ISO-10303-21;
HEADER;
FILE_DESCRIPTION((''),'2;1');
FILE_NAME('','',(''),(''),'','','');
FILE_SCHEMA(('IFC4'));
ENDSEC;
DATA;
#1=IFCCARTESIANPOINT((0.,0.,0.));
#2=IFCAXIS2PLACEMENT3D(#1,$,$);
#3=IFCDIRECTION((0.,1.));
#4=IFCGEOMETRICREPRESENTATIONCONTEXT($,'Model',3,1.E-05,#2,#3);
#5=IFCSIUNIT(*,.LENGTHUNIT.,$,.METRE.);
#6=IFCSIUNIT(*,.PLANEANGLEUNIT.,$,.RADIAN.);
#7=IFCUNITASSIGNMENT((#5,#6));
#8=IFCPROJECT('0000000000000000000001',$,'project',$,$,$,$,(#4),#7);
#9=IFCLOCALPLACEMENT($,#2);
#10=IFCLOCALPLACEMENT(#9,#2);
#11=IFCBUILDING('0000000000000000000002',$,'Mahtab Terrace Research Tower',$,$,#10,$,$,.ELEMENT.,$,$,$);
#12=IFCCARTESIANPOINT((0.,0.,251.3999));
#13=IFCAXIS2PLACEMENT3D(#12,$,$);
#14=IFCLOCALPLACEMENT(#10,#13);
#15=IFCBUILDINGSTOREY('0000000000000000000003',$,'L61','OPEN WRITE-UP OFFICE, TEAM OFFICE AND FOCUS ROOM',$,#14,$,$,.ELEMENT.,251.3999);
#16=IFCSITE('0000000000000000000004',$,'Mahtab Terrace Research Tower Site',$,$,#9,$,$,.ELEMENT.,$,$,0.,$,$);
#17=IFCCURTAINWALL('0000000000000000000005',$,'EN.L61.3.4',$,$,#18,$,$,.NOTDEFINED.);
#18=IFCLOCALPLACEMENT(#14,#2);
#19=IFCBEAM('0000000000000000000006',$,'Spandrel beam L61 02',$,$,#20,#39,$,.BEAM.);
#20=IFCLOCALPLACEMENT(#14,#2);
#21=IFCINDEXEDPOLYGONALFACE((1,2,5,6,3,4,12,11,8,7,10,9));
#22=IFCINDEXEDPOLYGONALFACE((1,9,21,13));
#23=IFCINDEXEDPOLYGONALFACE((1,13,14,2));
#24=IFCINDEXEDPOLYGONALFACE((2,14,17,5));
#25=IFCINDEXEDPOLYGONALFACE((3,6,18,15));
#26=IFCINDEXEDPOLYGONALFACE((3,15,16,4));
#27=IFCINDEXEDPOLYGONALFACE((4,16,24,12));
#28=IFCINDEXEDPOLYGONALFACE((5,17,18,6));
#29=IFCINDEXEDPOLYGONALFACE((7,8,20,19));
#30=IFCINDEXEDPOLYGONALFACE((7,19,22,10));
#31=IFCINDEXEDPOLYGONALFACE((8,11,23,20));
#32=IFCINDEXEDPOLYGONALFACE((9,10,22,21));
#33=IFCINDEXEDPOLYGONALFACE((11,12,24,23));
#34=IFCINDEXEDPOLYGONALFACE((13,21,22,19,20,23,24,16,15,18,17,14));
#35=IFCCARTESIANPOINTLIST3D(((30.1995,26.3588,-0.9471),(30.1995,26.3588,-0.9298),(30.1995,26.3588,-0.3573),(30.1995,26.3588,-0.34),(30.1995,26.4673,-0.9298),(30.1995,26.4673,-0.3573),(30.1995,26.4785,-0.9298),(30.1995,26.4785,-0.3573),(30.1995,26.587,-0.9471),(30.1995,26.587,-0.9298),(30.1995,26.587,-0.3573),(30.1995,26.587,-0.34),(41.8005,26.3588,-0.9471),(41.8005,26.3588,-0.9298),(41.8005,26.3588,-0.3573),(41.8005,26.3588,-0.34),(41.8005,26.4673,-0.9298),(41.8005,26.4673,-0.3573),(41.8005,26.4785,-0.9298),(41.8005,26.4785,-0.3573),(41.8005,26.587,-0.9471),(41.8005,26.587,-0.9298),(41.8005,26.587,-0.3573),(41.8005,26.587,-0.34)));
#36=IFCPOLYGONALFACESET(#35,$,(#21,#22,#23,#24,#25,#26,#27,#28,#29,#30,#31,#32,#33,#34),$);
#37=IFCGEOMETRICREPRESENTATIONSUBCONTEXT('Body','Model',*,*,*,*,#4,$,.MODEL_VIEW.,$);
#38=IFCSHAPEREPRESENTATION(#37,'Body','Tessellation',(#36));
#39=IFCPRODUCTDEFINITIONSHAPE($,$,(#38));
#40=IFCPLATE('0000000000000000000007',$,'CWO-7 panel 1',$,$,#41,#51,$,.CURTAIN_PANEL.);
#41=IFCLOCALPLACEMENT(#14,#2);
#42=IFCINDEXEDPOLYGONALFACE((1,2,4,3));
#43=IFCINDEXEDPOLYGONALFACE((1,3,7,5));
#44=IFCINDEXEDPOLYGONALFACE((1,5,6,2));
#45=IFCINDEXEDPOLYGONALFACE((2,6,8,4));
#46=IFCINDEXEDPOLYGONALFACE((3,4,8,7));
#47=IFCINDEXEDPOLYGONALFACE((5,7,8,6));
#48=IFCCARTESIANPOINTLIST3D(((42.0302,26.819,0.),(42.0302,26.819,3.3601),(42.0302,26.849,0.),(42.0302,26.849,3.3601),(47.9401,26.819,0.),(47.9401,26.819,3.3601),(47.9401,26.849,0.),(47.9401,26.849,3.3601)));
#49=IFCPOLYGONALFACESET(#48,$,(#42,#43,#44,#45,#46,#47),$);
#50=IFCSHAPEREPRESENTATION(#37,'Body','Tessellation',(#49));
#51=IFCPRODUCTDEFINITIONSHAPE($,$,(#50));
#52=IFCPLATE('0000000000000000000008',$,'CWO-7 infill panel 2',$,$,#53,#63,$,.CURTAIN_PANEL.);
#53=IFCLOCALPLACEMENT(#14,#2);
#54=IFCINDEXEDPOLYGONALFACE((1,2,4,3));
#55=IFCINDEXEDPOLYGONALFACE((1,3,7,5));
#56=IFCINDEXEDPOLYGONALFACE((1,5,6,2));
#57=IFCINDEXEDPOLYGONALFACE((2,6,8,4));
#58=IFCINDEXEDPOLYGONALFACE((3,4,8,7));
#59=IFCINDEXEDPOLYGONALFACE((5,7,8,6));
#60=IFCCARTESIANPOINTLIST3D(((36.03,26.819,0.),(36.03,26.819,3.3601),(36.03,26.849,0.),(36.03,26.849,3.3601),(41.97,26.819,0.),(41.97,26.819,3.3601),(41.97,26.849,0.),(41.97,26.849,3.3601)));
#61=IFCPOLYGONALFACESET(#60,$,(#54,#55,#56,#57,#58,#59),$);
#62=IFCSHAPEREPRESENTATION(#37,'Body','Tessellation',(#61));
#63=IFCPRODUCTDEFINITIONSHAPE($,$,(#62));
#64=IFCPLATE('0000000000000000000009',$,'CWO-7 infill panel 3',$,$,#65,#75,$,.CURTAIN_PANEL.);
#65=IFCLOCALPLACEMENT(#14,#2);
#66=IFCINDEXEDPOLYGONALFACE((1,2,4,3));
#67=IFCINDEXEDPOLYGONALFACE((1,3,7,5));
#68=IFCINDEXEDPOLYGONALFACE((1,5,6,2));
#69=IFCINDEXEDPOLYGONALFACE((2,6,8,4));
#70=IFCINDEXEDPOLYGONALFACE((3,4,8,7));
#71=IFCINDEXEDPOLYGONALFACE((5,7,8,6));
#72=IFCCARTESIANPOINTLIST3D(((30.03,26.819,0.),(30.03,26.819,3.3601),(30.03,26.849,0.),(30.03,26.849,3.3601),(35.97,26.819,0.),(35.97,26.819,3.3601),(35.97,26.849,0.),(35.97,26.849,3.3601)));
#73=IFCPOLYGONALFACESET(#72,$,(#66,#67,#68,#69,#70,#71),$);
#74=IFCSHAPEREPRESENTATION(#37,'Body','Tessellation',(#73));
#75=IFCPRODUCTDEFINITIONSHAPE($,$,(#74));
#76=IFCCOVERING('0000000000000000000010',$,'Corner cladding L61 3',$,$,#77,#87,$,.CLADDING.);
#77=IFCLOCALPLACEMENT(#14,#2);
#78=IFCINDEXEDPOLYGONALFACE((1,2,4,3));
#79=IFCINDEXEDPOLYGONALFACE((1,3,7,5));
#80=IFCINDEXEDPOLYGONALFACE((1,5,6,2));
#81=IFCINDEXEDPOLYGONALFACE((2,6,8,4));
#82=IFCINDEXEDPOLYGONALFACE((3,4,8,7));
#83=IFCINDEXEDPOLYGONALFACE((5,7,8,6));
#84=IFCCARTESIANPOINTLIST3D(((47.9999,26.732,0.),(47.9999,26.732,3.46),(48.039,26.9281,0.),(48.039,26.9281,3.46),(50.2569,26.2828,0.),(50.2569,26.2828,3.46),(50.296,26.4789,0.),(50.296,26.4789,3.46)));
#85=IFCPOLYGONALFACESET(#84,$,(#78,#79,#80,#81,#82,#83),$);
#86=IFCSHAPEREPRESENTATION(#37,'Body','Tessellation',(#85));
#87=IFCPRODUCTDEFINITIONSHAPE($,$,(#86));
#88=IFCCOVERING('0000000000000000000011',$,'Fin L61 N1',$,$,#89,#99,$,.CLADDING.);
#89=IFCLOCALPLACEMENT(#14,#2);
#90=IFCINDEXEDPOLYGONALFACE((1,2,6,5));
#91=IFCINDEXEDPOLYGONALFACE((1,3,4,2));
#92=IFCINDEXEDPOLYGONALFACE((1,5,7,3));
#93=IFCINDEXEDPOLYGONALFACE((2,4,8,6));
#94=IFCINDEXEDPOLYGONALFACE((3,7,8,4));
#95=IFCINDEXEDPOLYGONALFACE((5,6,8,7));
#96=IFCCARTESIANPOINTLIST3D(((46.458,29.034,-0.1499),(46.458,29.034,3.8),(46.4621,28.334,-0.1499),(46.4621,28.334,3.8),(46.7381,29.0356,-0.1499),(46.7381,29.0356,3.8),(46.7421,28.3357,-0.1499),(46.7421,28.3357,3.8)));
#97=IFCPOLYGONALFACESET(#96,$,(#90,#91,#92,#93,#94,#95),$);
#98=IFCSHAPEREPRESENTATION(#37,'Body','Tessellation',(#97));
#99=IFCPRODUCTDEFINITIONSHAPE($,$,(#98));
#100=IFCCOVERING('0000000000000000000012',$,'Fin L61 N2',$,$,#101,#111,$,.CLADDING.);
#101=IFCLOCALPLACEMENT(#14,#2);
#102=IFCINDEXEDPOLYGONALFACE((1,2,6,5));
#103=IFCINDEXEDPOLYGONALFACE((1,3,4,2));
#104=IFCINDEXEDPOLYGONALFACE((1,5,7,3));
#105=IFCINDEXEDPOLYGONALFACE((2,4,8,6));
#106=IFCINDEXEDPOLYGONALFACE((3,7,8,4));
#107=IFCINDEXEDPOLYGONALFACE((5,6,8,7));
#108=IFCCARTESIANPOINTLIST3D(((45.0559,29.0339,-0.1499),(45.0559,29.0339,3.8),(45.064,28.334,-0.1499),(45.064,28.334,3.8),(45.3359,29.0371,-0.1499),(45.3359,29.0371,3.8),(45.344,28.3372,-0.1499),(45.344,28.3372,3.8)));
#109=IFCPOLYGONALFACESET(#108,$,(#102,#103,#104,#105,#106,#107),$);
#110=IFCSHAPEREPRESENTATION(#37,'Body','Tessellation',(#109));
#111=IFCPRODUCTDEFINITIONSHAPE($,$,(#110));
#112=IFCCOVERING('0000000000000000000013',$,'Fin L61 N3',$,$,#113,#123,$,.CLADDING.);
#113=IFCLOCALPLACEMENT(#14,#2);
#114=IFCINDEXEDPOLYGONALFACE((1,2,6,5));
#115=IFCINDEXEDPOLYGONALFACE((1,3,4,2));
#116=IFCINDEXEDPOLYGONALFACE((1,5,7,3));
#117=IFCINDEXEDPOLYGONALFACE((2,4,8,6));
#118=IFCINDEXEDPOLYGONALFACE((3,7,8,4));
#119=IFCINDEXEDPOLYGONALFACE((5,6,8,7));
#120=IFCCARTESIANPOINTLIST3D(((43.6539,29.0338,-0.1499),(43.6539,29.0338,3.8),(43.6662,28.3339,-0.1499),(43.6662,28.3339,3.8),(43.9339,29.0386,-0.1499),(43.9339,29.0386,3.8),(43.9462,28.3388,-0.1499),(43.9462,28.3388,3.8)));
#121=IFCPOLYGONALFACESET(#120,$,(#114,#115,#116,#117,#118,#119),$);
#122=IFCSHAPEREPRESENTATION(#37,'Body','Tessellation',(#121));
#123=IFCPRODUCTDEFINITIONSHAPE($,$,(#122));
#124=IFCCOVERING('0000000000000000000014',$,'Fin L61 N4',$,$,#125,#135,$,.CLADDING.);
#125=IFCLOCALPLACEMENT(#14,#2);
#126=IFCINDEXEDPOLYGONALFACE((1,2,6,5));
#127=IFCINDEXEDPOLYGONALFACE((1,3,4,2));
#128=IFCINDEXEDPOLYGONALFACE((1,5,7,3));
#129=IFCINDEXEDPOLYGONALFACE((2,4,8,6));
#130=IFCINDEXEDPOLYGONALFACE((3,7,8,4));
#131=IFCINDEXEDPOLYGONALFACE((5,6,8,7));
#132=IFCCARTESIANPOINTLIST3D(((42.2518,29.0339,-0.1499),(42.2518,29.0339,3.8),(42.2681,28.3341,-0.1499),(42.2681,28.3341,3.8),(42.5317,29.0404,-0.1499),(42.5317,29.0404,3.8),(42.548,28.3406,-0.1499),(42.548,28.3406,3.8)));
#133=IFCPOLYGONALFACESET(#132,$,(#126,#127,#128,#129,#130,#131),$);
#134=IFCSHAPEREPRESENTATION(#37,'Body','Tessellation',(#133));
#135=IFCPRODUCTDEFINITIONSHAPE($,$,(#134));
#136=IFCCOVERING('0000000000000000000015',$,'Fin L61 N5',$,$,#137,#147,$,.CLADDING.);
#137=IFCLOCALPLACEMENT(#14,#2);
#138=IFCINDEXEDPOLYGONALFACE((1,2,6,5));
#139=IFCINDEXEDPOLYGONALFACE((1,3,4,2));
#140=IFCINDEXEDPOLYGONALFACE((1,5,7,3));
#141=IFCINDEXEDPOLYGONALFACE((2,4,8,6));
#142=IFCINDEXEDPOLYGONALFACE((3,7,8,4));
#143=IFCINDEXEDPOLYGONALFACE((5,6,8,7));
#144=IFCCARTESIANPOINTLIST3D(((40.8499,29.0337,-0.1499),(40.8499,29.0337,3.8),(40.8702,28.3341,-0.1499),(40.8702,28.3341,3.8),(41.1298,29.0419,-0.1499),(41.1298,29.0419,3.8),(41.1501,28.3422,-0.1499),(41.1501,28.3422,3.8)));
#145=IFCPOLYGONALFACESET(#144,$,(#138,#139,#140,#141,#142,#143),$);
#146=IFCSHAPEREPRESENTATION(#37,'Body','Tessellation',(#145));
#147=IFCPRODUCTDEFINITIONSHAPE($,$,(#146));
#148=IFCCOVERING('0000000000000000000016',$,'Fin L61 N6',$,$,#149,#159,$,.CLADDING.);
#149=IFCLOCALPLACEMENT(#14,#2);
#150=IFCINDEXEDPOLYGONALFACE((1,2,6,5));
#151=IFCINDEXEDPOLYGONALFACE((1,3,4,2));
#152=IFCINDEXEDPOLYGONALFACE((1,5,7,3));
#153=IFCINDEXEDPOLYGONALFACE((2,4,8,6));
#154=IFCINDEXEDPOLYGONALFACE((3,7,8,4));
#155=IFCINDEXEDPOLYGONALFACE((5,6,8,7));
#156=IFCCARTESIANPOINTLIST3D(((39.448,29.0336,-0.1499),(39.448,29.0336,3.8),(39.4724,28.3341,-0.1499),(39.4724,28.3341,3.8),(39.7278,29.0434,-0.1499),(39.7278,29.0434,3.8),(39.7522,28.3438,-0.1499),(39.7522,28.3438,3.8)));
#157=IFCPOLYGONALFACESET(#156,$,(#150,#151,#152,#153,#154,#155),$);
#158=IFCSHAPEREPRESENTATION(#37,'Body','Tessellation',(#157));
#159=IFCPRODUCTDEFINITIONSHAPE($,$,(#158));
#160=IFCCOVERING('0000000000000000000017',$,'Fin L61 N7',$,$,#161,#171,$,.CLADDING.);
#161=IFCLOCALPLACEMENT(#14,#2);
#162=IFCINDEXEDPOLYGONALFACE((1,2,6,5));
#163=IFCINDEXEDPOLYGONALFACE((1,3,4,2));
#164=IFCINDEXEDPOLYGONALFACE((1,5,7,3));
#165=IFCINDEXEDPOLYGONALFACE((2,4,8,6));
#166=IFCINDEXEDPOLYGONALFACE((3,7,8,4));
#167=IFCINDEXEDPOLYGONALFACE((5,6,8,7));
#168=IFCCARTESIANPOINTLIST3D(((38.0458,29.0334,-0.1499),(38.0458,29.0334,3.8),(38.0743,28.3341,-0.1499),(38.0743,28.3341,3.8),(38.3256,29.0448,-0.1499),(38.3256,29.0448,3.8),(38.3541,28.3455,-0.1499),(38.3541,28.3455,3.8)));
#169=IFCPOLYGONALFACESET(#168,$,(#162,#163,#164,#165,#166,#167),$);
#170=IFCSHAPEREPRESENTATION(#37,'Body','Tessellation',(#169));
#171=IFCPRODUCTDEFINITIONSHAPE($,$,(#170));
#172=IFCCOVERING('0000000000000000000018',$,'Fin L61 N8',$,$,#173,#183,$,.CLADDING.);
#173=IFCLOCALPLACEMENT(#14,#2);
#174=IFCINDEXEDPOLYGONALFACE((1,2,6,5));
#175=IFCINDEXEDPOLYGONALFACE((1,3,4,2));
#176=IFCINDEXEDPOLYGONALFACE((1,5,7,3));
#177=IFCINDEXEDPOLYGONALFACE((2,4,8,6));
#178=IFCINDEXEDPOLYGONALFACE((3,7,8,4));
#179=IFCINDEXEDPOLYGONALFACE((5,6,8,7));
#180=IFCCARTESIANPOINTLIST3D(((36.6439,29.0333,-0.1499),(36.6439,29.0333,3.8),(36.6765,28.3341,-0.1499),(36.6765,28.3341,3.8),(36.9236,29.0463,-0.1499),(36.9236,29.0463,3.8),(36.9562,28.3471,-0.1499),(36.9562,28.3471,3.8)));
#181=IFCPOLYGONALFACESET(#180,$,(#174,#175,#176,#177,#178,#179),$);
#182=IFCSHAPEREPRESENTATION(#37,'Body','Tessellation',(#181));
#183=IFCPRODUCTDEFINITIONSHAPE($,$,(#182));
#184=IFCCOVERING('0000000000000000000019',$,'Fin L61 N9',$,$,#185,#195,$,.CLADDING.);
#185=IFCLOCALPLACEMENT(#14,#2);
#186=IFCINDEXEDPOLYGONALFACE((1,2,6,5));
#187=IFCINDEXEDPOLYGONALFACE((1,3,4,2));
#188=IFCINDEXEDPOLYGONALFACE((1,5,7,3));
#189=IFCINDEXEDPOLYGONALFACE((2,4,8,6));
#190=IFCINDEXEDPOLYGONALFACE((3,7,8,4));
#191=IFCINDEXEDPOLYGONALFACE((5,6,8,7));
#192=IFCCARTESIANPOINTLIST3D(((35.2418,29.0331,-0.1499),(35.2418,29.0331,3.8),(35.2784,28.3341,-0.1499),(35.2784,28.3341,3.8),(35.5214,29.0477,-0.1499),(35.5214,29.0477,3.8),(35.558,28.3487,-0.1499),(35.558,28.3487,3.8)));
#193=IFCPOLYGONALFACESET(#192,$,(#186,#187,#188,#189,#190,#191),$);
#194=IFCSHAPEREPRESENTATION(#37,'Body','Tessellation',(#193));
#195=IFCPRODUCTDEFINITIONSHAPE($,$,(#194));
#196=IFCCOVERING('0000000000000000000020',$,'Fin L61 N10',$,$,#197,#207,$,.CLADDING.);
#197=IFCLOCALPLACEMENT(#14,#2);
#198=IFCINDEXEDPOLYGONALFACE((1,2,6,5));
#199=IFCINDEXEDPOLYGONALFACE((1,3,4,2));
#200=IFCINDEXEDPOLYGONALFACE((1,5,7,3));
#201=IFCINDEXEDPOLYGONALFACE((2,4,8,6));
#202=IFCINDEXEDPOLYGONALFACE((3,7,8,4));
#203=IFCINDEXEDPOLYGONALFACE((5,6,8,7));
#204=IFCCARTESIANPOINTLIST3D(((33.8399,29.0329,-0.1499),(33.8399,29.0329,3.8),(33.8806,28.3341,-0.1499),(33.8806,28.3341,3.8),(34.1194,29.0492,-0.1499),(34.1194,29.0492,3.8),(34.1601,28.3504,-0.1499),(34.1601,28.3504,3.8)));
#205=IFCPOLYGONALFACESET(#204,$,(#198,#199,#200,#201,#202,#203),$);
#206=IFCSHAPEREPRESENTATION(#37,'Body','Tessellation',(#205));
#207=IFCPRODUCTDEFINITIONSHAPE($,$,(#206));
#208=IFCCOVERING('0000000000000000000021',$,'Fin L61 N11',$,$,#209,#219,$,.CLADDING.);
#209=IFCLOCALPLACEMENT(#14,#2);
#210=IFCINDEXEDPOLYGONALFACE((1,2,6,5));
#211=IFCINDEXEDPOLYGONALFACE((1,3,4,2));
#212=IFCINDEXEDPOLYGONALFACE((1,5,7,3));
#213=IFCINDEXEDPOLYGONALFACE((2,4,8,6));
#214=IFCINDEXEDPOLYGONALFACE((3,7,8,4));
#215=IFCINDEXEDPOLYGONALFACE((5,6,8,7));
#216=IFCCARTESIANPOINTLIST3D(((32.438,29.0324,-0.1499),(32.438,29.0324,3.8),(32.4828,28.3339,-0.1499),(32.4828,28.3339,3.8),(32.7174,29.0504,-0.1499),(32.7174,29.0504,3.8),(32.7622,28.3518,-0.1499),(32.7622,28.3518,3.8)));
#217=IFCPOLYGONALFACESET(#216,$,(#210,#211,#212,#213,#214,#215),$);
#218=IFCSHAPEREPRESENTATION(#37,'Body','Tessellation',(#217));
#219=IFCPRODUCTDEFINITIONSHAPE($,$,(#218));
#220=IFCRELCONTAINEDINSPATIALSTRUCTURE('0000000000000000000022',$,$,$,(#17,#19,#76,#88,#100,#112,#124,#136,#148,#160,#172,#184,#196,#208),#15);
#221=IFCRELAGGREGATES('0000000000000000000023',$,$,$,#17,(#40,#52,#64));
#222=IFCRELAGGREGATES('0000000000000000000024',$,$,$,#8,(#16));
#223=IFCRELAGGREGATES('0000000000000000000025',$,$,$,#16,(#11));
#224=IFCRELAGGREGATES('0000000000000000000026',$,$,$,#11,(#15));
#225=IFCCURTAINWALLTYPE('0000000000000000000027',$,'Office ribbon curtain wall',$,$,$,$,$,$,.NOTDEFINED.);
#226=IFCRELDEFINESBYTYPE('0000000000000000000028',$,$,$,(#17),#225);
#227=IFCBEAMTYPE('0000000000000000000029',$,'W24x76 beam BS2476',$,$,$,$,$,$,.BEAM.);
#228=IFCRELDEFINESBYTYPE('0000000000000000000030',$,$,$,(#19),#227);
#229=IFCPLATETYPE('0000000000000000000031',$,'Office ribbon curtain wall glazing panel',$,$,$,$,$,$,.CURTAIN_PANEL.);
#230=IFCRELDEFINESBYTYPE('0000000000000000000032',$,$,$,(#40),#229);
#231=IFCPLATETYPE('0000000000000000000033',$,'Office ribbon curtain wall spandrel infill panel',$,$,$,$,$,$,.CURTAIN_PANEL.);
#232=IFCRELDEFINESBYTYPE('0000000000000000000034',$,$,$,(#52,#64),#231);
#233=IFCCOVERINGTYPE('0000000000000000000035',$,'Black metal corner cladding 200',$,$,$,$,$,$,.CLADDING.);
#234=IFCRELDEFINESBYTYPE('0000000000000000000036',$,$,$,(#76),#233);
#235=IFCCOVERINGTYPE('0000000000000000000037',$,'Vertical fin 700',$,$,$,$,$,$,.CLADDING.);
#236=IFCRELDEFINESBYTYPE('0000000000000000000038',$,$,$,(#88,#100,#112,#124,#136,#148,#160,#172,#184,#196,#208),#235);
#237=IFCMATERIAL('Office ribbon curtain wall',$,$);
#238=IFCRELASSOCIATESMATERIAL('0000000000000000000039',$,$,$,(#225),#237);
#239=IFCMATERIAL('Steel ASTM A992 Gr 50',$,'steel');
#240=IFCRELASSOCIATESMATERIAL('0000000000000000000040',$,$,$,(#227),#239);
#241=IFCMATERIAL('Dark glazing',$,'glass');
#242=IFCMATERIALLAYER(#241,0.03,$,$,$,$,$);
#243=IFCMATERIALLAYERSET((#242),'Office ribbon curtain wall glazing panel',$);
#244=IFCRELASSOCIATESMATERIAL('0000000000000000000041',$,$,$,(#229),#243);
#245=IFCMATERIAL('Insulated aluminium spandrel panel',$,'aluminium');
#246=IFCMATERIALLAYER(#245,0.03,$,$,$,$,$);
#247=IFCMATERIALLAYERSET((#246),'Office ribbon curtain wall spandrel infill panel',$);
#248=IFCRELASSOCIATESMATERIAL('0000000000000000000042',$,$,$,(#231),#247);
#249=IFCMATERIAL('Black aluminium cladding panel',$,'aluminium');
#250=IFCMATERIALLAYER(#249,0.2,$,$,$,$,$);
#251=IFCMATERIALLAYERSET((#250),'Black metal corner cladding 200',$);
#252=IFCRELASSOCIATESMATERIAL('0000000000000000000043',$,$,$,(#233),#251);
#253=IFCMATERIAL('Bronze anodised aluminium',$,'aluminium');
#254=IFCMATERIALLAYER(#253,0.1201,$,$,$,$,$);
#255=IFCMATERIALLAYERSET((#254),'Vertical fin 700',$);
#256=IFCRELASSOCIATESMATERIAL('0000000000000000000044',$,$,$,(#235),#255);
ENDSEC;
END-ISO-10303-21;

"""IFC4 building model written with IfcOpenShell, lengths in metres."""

from ifc_helpers import new_model, si_unit, direction, frame, origin, origin_2d, place, context, subcontext, project, spatial, rectangle, i_section, extrude, material, layer, layer_set, material_profile, profile_set, type_object, element, aggregate, save


model = new_model("IFC4")

# Units and contexts
model_context = context("Model", 3, precision=1e-05, world=origin(), true_north=direction((0.0, 1.0)))
body_context = subcontext(model_context, "Body", "Model", "MODEL_VIEW")
ifc_project = project(units=[si_unit("LENGTHUNIT", "METRE"), si_unit("PLANEANGLEUNIT", "RADIAN")], contexts=[model_context])

# Site, building, storey
site_placement = place(None, origin())
site = spatial("IfcSite", under=ifc_project, at=site_placement, Name="Mahtab Terrace Research Tower Site", CompositionType="ELEMENT", RefElevation=0.0)
building_placement = place(site_placement, origin())
building = spatial("IfcBuilding", under=site, at=building_placement, Name="Mahtab Terrace Research Tower", CompositionType="ELEMENT")
storey_placement = place(building_placement, frame((0.0, 0.0, 251.3999)))
storey = spatial("IfcBuildingStorey", under=building, at=storey_placement, Name="L61", Description="OPEN WRITE-UP OFFICE, TEAM OFFICE AND FOCUS ROOM", CompositionType="ELEMENT", Elevation=251.3999)

# Shared definitions
ifc_material_1 = material(Name="Steel ASTM A992 Gr 50", Category="steel")

# Curtain wall
ifc_material_2 = material(Name="Office ribbon curtain wall")
curtain_wall_type = type_object("IfcCurtainWallType", Name="Office ribbon curtain wall", PredefinedType="NOTDEFINED", material=ifc_material_2)
curtain_wall_placement = place(storey_placement, origin())
curtain_wall = element("IfcCurtainWall", 1, at=curtain_wall_placement, inside=storey, type_object=curtain_wall_type, Name="EN.L61.3.4", PredefinedType="NOTDEFINED")

# Beam
ifc_material_profile_1 = material_profile(ifc_material_1, i_section(OverallWidth=0.2283, OverallDepth=0.6072, WebThickness=0.0112, FlangeThickness=0.0173, at=origin_2d()), Name="W24X76")
ifc_profile_set_1 = profile_set([ifc_material_profile_1], Name="Steel ASTM A992 Gr 50")
beam_type = type_object("IfcBeamType", Name="W24x76 beam BS2476", PredefinedType="BEAM", material=ifc_profile_set_1)
beam_placement = place(storey_placement, frame((41.8005, 26.4729, -0.6436), z_axis=(-1.0, 0.0, 0.0), x_axis=(0.0, -1.0, 0.0)))
element("IfcBeam", 2, at=beam_placement, inside=storey, type_object=beam_type, Name="Spandrel beam L61 02", PredefinedType="BEAM", context=body_context, shape_type="SweptSolid", body=[
    extrude(i_section(OverallWidth=0.2283, OverallDepth=0.6072, WebThickness=0.0112, FlangeThickness=0.0173, at=origin_2d()), origin(), (0.0, 0.0, 1.0), 11.6011),
])

# Plates
ifc_material_3 = material(Name="Dark glazing", Category="glass")
ifc_layer_1 = layer(ifc_material_3, 0.03)
ifc_layer_set_1 = layer_set([ifc_layer_1], Name="Office ribbon curtain wall glazing panel")
plate_type_1 = type_object("IfcPlateType", Name="Office ribbon curtain wall glazing panel", PredefinedType="CURTAIN_PANEL", material=ifc_layer_set_1)
plate_1_placement = place(storey_placement, frame((44.9851, 26.834, 0.0), z_axis=(0.0, 0.0, 1.0), x_axis=(-1.0, 0.0, 0.0)))
plate_1 = element("IfcPlate", 3, at=plate_1_placement, type_object=plate_type_1, Name="CWO-7 panel 1", PredefinedType="CURTAIN_PANEL", context=body_context, shape_type="SweptSolid", body=[
    extrude(rectangle(XDim=5.9099, YDim=0.03, at=origin_2d()), origin(), (0.0, 0.0, 1.0), 3.3601),
])
ifc_material_4 = material(Name="Insulated aluminium spandrel panel", Category="aluminium")
ifc_layer_2 = layer(ifc_material_4, 0.03)
ifc_layer_set_2 = layer_set([ifc_layer_2], Name="Office ribbon curtain wall spandrel infill panel")
plate_type_2 = type_object("IfcPlateType", Name="Office ribbon curtain wall spandrel infill panel", PredefinedType="CURTAIN_PANEL", material=ifc_layer_set_2)
plate_2_placement = place(storey_placement, frame((39.0, 26.834, 0.0), z_axis=(0.0, 0.0, 1.0), x_axis=(-1.0, 0.0, 0.0)))
plate_2 = element("IfcPlate", 4, at=plate_2_placement, type_object=plate_type_2, Name="CWO-7 infill panel 2", PredefinedType="CURTAIN_PANEL", context=body_context, shape_type="SweptSolid", body=[
    extrude(rectangle(XDim=5.9399, YDim=0.03, at=origin_2d()), origin(), (0.0, 0.0, 1.0), 3.3601),
])
plate_3_placement = place(storey_placement, frame((33.0, 26.834, 0.0), z_axis=(0.0, 0.0, 1.0), x_axis=(-1.0, 0.0, 0.0)))
plate_3 = element("IfcPlate", 5, at=plate_3_placement, type_object=plate_type_2, Name="CWO-7 infill panel 3", PredefinedType="CURTAIN_PANEL", context=body_context, shape_type="SweptSolid", body=[
    extrude(rectangle(XDim=5.9399, YDim=0.03, at=origin_2d()), origin(), (0.0, 0.0, 1.0), 3.3601),
])
aggregate(curtain_wall, [plate_1, plate_2, plate_3])

# Coverings
ifc_material_5 = material(Name="Black aluminium cladding panel", Category="aluminium")
ifc_layer_3 = layer(ifc_material_5, 0.2)
ifc_layer_set_3 = layer_set([ifc_layer_3], Name="Black metal corner cladding 200")
covering_type_1 = type_object("IfcCoveringType", Name="Black metal corner cladding 200", PredefinedType="CLADDING", material=ifc_layer_set_3)
covering_placement = place(storey_placement, frame((49.1479, 26.6055, 0.0), z_axis=(0.0, 0.0, 1.0), x_axis=(-0.980761, 0.195212, 0.0)))
element("IfcCovering", 6, at=covering_placement, inside=storey, type_object=covering_type_1, Name="Corner cladding L61 3", PredefinedType="CLADDING", context=body_context, shape_type="SweptSolid", body=[
    extrude(rectangle(XDim=2.3013, YDim=0.2, at=origin_2d()), origin(), (0.0, 0.0, 1.0), 3.46),
])
ifc_material_6 = material(Name="Bronze anodised aluminium", Category="aluminium")
ifc_layer_4 = layer(ifc_material_6, 0.1201)
ifc_layer_set_4 = layer_set([ifc_layer_4], Name="Vertical fin 700")
covering_type_2 = type_object("IfcCoveringType", Name="Vertical fin 700", PredefinedType="CLADDING", material=ifc_layer_set_4)
for number, where, z_axis, x_axis, name in (
    (7, (46.6001, 28.6848, -0.1499), (0.0, 0.0, 1.0), (-0.999983, -0.005818, 0.0), "Fin L61 N1"),
    (8, (45.2, 28.6855, -0.1499), (0.0, 0.0, 1.0), (-0.999932, -0.011635, 0.0), "Fin L61 N2"),
    (9, (43.8, 28.6863, -0.1499), (0.0, 0.0, 1.0), (-0.999848, -0.017452, 0.0), "Fin L61 N3"),
    (10, (42.3999, 28.6873, -0.1499), (0.0, 0.0, 1.0), (-0.999729, -0.023269, 0.0), "Fin L61 N4"),
    (11, (41.0, 28.688, -0.1499), (0.0, 0.0, 1.0), (-0.999577, -0.029085, 0.0), "Fin L61 N5"),
    (12, (39.6001, 28.6887, -0.1499), (0.0, 0.0, 1.0), (-0.999391, -0.034899, 0.0), "Fin L61 N6"),
    (13, (38.2, 28.6895, -0.1499), (0.0, 0.0, 1.0), (-0.999171, -0.040713, 0.0), "Fin L61 N7"),
    (14, (36.8, 28.6902, -0.1499), (0.0, 0.0, 1.0), (-0.998917, -0.046525, 0.0), "Fin L61 N8"),
    (15, (35.3999, 28.6909, -0.1499), (0.0, 0.0, 1.0), (-0.99863, -0.052336, 0.0), "Fin L61 N9"),
    (16, (34.0, 28.6917, -0.1499), (0.0, 0.0, 1.0), (-0.998308, -0.058145, 0.0), "Fin L61 N10"),
    (17, (32.6001, 28.6921, -0.1499), (0.0, 0.0, 1.0), (-0.997953, -0.063952, 0.0), "Fin L61 N11"),
):
    element("IfcCovering", number, at=place(storey_placement, frame(where, z_axis=z_axis, x_axis=x_axis)), inside=storey, type_object=covering_type_2, Name=name, PredefinedType="CLADDING", context=body_context, shape_type="SweptSolid", body=[
        extrude(rectangle(XDim=0.28, YDim=0.7, at=origin_2d()), origin(), (0.0, 0.0, 1.0), 3.95),
    ])

save(model, "model.ifc")
